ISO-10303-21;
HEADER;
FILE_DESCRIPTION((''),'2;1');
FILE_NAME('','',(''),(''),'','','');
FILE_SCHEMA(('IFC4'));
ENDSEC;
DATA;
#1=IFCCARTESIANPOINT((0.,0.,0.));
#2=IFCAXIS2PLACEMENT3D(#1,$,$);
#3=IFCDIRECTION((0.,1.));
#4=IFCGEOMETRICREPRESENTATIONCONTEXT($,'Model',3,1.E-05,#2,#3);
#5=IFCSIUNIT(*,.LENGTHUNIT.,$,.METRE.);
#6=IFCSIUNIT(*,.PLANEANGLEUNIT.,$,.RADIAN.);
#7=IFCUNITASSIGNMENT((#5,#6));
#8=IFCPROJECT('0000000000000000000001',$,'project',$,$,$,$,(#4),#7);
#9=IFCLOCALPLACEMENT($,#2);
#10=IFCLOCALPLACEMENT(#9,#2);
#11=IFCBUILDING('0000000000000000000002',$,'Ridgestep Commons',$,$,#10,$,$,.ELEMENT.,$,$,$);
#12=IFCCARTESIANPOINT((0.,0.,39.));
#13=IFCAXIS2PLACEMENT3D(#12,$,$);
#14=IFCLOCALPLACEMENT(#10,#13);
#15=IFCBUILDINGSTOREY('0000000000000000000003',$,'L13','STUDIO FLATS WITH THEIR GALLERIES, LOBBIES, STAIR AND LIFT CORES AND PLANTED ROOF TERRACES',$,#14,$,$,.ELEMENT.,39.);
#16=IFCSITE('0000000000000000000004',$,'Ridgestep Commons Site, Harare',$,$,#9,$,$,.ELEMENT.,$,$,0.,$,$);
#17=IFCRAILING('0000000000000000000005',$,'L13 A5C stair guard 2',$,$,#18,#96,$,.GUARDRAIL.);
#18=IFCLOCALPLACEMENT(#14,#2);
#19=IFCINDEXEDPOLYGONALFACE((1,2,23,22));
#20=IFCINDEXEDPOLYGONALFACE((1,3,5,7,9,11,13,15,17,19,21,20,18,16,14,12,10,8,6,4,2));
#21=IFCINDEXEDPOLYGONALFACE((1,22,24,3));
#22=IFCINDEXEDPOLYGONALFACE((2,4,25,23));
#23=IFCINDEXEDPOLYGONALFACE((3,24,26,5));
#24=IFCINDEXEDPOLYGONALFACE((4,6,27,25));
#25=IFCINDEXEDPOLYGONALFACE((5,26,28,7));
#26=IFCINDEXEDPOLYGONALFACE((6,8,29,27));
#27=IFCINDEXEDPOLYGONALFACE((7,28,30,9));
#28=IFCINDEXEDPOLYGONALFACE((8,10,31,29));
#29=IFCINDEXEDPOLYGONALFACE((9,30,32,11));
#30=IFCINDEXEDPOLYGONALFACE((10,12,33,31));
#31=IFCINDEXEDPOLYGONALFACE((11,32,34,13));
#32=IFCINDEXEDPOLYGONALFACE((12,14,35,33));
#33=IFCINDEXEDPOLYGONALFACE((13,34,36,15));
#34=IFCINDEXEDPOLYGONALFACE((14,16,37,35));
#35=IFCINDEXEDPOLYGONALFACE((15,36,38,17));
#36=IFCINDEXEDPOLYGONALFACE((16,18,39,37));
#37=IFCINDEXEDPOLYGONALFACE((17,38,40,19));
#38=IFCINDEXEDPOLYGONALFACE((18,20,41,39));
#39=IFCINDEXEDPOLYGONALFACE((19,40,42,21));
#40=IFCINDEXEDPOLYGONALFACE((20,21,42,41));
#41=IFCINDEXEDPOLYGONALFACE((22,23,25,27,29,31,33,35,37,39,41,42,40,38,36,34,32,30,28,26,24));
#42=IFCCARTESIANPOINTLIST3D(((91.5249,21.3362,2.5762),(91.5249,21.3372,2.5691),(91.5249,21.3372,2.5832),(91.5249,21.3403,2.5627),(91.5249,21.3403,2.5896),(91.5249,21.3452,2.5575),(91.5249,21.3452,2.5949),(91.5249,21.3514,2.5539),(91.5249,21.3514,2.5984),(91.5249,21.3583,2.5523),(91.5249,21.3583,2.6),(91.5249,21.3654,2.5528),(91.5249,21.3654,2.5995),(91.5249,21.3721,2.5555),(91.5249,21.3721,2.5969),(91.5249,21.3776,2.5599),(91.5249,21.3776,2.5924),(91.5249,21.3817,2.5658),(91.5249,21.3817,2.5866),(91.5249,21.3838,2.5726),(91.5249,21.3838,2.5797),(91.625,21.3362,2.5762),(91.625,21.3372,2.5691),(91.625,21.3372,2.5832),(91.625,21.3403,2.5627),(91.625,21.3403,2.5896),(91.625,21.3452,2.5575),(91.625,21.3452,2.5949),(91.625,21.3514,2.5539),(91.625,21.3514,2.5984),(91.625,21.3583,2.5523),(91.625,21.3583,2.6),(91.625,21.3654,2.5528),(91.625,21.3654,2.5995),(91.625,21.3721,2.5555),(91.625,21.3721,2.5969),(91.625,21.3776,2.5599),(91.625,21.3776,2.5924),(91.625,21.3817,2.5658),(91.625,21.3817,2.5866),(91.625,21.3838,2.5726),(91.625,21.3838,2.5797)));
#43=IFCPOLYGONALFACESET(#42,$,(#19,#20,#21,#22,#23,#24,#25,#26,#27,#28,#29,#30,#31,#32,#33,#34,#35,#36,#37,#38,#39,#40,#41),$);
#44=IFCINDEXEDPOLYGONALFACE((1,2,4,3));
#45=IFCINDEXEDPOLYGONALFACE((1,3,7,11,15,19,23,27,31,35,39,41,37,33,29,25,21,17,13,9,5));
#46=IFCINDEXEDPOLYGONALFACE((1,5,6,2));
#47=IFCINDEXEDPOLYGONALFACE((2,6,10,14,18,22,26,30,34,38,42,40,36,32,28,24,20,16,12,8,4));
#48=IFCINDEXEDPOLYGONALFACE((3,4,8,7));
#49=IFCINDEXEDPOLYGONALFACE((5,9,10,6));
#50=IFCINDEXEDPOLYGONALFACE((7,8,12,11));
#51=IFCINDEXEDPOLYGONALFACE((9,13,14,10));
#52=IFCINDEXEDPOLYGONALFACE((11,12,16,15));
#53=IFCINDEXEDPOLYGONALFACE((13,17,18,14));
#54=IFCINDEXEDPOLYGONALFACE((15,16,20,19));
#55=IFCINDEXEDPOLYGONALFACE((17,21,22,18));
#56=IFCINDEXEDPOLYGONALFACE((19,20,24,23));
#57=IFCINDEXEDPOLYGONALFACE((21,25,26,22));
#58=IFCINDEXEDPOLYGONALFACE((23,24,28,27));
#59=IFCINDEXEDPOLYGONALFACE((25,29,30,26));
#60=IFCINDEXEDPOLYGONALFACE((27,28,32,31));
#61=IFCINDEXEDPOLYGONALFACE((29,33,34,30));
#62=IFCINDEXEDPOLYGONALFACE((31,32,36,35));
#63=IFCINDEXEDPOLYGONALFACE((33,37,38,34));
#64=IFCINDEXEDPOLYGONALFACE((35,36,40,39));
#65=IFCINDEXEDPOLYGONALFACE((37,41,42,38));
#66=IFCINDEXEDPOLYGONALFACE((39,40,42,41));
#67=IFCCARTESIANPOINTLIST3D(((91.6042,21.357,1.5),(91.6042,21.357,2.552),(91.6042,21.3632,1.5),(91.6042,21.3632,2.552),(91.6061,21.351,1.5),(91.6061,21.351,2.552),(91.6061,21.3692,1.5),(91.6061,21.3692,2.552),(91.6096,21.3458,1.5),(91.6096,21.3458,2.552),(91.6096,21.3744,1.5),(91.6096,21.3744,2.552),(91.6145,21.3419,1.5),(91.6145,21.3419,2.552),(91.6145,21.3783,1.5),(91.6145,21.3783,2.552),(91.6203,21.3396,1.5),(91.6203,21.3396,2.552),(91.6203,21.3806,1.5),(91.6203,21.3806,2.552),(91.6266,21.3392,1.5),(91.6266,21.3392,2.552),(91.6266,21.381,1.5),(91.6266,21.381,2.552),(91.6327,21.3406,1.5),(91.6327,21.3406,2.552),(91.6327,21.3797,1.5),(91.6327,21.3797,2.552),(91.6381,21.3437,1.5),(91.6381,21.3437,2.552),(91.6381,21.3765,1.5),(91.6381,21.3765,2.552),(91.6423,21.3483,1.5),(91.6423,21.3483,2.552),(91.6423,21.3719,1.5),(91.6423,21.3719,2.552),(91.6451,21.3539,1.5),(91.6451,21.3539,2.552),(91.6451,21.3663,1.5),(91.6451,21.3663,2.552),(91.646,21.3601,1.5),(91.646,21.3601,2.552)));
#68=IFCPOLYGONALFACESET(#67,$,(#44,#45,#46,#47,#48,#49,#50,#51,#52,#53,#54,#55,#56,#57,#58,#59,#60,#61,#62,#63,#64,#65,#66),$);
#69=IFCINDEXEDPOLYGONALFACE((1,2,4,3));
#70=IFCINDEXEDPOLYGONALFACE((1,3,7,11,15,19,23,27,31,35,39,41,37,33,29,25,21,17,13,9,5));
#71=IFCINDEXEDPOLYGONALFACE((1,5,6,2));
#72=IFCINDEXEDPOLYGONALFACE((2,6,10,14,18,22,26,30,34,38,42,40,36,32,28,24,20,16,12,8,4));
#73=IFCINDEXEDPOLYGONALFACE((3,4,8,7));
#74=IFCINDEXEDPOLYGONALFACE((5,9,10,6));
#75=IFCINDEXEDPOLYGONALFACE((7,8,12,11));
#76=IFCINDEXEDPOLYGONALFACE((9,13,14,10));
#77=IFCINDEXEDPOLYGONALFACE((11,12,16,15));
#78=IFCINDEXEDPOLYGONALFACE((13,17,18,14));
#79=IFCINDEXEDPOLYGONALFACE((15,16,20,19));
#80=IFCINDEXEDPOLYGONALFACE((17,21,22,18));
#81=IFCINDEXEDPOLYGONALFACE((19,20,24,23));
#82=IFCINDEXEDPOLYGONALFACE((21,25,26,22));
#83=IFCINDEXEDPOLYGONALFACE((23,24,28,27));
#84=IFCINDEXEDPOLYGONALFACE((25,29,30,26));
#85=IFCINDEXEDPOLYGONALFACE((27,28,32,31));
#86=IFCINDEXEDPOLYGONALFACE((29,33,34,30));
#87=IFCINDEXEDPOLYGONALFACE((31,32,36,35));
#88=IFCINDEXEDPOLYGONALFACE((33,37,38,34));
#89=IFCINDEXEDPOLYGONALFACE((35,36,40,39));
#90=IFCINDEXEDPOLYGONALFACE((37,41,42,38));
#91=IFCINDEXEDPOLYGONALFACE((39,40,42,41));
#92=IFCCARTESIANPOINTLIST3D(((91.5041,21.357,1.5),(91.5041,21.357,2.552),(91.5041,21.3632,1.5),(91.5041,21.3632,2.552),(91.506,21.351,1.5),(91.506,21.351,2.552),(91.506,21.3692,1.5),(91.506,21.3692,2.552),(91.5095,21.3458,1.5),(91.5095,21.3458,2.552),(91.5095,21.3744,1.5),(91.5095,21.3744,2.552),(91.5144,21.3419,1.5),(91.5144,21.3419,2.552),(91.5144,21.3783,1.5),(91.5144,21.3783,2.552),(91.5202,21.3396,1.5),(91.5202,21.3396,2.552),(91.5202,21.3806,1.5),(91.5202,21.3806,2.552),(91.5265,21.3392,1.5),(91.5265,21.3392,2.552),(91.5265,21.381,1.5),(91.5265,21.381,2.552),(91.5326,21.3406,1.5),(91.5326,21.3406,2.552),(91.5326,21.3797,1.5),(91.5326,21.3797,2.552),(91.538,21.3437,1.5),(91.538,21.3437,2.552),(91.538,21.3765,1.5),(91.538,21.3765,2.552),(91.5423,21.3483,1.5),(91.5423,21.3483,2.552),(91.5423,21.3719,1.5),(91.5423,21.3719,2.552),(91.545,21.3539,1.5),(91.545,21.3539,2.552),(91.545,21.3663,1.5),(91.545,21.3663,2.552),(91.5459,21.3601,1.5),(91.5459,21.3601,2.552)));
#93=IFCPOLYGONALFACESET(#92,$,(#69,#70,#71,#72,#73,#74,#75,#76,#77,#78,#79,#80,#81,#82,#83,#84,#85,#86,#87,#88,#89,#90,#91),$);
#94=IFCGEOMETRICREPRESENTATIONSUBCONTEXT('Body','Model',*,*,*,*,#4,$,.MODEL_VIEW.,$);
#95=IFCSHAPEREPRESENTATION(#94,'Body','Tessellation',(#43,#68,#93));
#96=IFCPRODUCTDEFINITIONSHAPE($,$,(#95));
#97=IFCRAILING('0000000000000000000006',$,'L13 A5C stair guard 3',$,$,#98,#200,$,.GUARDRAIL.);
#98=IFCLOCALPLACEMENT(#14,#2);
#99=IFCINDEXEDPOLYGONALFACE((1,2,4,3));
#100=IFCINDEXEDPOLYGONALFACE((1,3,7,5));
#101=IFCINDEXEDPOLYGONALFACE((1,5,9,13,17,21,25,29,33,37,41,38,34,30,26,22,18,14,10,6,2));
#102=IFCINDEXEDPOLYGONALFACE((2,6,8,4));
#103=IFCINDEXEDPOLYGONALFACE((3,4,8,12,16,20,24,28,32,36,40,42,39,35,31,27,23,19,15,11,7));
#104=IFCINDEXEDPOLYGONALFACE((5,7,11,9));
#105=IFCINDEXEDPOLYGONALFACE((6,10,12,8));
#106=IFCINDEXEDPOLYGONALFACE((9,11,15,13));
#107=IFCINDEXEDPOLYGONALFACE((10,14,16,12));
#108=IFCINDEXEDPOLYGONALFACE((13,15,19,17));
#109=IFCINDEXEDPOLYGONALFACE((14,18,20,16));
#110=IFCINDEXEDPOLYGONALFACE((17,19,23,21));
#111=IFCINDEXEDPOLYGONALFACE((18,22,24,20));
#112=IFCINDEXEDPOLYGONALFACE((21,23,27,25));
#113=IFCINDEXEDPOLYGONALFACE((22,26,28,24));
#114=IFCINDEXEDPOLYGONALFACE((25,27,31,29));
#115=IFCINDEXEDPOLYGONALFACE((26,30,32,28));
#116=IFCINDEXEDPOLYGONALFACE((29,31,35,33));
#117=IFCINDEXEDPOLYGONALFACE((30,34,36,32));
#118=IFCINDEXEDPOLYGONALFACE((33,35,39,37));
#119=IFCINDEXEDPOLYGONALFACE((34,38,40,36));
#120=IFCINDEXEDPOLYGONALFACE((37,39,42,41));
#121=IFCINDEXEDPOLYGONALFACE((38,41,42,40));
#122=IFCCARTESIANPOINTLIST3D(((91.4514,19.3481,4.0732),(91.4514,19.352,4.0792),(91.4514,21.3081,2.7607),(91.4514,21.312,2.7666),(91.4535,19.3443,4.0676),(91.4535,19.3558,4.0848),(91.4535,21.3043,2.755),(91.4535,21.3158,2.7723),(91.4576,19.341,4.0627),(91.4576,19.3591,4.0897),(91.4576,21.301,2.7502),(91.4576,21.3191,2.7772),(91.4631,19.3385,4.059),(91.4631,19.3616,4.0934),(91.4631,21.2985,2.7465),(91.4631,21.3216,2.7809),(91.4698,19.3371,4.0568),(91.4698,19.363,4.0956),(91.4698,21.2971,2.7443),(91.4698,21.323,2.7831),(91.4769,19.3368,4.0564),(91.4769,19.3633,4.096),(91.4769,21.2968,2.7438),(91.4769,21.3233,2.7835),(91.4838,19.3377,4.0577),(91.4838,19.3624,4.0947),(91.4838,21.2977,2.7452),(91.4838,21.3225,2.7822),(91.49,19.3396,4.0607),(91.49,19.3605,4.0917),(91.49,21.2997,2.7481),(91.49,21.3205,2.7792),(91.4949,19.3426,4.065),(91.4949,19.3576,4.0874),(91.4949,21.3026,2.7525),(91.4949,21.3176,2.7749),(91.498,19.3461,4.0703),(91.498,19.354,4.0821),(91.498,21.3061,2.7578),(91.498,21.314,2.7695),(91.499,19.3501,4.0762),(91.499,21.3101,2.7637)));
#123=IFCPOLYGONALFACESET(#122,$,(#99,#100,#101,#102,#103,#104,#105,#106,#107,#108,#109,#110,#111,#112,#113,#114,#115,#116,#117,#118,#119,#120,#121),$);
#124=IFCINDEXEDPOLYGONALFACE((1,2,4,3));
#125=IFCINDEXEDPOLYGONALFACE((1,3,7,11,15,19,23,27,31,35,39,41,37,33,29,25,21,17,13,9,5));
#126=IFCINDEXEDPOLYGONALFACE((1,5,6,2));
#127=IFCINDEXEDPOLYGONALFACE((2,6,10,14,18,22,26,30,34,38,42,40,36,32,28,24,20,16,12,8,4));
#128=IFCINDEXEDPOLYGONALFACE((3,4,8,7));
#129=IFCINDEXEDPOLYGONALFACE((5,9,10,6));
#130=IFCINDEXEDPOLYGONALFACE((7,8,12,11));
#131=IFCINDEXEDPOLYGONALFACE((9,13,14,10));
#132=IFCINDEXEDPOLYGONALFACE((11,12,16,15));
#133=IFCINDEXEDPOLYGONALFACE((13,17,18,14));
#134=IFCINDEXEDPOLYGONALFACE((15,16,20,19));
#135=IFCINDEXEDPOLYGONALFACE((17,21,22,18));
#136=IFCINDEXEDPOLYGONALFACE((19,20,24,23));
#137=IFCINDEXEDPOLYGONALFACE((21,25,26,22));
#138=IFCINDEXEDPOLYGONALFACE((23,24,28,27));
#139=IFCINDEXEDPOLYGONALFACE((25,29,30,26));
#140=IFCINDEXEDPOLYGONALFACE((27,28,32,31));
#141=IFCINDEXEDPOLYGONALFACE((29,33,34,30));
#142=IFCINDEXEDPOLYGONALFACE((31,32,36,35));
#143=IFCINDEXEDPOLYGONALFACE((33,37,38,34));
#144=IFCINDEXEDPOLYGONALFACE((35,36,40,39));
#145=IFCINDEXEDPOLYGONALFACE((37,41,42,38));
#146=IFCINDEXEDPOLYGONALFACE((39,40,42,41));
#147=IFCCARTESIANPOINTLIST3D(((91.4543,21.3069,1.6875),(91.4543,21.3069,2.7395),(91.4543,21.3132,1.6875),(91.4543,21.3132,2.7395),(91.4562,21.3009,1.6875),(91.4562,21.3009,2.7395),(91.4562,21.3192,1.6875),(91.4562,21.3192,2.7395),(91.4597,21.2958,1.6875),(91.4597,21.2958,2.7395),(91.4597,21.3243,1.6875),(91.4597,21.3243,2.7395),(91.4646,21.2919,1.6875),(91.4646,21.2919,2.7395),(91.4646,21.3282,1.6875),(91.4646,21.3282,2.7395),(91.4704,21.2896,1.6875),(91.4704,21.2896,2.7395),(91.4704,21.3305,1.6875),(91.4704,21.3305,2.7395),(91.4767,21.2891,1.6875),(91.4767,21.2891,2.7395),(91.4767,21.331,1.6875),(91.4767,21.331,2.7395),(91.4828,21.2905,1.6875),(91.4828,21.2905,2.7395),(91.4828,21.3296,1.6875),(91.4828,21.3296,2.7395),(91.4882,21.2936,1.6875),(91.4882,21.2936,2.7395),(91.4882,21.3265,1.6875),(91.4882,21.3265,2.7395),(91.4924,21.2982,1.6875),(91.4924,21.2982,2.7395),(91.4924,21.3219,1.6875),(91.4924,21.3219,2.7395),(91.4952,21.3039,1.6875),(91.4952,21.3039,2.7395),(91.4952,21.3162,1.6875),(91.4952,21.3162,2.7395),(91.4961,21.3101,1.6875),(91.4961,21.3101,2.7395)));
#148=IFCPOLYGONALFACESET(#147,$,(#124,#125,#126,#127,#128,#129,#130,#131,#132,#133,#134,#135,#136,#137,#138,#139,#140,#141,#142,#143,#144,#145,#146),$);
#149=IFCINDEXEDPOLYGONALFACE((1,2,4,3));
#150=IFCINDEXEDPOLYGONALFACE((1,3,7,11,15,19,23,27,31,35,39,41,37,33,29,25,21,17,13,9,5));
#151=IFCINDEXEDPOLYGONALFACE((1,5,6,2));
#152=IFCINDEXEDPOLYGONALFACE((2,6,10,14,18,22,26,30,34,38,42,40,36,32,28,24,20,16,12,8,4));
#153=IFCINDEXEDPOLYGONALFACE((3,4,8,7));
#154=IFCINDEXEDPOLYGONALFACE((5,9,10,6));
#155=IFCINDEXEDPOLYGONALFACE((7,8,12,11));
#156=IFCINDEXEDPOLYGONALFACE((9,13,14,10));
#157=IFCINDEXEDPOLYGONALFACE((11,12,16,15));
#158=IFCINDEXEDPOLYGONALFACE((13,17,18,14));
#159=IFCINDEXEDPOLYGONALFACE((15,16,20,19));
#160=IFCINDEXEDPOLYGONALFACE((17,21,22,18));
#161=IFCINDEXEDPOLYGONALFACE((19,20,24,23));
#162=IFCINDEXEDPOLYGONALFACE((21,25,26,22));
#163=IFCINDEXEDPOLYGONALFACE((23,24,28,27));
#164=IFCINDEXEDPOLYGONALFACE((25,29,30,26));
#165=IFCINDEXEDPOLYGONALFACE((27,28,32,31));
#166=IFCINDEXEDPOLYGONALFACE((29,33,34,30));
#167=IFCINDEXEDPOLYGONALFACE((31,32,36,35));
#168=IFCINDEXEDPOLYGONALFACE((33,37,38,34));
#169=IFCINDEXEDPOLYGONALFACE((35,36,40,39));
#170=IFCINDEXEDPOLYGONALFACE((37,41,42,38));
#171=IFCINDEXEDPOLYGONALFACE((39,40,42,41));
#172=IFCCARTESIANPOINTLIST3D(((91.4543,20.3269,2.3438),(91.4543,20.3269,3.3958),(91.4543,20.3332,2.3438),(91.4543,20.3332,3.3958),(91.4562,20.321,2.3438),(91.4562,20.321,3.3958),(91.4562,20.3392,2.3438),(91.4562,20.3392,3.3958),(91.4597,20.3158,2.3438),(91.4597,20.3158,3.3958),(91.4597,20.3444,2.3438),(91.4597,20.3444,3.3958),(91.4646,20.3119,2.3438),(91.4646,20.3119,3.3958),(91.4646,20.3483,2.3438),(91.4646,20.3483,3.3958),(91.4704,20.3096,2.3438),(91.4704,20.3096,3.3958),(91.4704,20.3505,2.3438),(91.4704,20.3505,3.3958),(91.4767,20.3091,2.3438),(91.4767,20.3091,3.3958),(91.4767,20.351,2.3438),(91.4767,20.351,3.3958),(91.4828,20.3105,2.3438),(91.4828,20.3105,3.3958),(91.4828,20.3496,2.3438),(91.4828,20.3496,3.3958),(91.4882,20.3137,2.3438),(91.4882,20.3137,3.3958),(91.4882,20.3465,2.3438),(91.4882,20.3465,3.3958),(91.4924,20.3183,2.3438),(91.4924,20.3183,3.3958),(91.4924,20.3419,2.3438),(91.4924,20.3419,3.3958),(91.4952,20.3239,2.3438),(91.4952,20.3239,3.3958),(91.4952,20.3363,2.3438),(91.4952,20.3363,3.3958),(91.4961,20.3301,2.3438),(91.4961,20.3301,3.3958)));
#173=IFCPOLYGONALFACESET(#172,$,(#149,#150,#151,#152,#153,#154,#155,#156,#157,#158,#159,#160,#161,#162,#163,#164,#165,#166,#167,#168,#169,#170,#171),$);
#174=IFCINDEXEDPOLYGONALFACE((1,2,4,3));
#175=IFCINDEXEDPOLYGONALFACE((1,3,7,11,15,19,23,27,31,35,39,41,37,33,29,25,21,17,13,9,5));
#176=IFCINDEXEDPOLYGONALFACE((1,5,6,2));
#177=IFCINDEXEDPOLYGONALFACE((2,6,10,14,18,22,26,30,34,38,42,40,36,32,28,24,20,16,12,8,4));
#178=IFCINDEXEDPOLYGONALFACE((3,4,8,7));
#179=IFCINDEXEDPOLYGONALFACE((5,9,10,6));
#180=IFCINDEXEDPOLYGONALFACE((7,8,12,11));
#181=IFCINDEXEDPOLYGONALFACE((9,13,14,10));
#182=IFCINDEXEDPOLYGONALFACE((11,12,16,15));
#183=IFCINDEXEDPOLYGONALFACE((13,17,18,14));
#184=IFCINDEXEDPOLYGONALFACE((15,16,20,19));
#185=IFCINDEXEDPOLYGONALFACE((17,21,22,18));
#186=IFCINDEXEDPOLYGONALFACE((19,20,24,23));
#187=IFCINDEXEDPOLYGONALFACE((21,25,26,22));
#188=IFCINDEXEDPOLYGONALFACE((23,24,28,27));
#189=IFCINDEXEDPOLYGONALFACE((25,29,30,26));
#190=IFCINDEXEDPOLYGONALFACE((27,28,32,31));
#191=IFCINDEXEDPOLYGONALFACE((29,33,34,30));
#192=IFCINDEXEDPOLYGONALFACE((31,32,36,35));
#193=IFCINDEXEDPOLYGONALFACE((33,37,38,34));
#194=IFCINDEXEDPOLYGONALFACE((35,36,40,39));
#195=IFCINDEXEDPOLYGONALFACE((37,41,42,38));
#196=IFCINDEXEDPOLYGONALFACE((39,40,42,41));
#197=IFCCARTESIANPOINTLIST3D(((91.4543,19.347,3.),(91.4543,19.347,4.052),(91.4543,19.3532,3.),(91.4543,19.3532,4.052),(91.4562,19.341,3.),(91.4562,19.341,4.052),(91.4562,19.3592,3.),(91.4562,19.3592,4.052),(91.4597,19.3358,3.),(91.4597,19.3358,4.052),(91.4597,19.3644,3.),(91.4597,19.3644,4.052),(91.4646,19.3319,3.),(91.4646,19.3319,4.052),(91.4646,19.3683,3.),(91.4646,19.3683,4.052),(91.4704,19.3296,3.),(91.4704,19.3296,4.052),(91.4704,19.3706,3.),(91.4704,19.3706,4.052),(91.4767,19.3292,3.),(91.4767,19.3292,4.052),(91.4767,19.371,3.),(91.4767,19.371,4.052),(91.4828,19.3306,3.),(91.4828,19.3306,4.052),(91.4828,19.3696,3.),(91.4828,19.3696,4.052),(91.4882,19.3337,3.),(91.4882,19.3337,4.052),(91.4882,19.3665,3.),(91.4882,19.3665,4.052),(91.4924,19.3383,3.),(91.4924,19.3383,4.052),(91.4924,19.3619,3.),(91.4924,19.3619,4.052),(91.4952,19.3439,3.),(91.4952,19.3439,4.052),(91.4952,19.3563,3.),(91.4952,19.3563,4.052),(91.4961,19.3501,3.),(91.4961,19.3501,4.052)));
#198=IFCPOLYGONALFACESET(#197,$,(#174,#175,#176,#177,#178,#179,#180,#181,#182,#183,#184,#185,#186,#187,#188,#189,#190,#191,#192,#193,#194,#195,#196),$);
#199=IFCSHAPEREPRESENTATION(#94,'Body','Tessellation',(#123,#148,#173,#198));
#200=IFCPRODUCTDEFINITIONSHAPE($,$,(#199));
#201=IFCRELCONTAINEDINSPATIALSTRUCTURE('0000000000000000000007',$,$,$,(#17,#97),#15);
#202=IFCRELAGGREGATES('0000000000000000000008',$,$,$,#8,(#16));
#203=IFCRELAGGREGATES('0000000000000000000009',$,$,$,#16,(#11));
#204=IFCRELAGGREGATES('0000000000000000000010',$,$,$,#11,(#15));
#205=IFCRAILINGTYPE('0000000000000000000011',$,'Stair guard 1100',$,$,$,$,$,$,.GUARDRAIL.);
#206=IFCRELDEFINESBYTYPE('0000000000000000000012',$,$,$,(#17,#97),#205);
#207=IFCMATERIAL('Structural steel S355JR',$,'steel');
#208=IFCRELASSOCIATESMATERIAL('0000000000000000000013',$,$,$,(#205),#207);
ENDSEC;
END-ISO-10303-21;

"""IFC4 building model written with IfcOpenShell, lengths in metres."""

from ifc_helpers import new_model, si_unit, direction, frame, origin, origin_2d, place, context, subcontext, project, spatial, circle, extrude, material, type_object, element, save


model = new_model("IFC4")

# Units and contexts
model_context = context("Model", 3, precision=1e-05, world=origin(), true_north=direction((0.0, 1.0)))
body_context = subcontext(model_context, "Body", "Model", "MODEL_VIEW")
ifc_project = project(units=[si_unit("LENGTHUNIT", "METRE"), si_unit("PLANEANGLEUNIT", "RADIAN")], contexts=[model_context])

# Site, building, storey
site_placement = place(None, origin())
site = spatial("IfcSite", under=ifc_project, at=site_placement, Name="Ridgestep Commons Site, Harare", CompositionType="ELEMENT", RefElevation=0.0)
building_placement = place(site_placement, origin())
building = spatial("IfcBuilding", under=site, at=building_placement, Name="Ridgestep Commons", CompositionType="ELEMENT")
storey_placement = place(building_placement, frame((0.0, 0.0, 39.0)))
storey = spatial("IfcBuildingStorey", under=building, at=storey_placement, Name="L13", Description="STUDIO FLATS WITH THEIR GALLERIES, LOBBIES, STAIR AND LIFT CORES AND PLANTED ROOF TERRACES", CompositionType="ELEMENT", Elevation=39.0)

# Railings
ifc_material_1 = material(Name="Structural steel S355JR", Category="steel")
railing_type_1 = type_object("IfcRailingType", Name="Stair guard 1100", PredefinedType="GUARDRAIL", material=ifc_material_1)
railing_1_placement = place(storey_placement, frame((91.625, 21.3601, 1.5)))
element("IfcRailing", 1, at=railing_1_placement, inside=storey, type_object=railing_type_1, Name="L13 A5C stair guard 2", PredefinedType="GUARDRAIL", context=body_context, shape_type="SweptSolid", body=[
    extrude(circle(Radius=0.0239, at=origin_2d()), frame((0.0, 0.0, 1.0762), z_axis=(-1.0, 0.0, 0.0), x_axis=(0.0, -1.0, 0.0)), (0.0, 0.0, 1.0), 0.1001),
    extrude(circle(Radius=0.021, at=origin_2d()), origin(), (0.0, 0.0, 1.0), 1.052),
    extrude(circle(Radius=0.021, at=origin_2d()), frame((-0.1001, 0.0, 0.0)), (0.0, 0.0, 1.0), 1.052),
])
railing_2_placement = place(storey_placement, frame((91.4751, 21.3101, 1.6875)))
element("IfcRailing", 2, at=railing_2_placement, inside=storey, type_object=railing_type_1, Name="L13 A5C stair guard 3", PredefinedType="GUARDRAIL", context=body_context, shape_type="SweptSolid", body=[
    extrude(circle(Radius=0.0239, at=origin_2d()), frame((0.0, 0.0, 1.0762), z_axis=(0.0, -0.830902, 0.556419), x_axis=(1.0, 0.0, 0.0)), (0.0, 0.0, 1.0), 2.3589),
    extrude(circle(Radius=0.021, at=origin_2d()), origin(), (0.0, 0.0, 1.0), 1.052),
    extrude(circle(Radius=0.021, at=origin_2d()), frame((0.0, -0.98, 0.6562)), (0.0, 0.0, 1.0), 1.052),
    extrude(circle(Radius=0.021, at=origin_2d()), frame((0.0, -1.96, 1.3125)), (0.0, 0.0, 1.0), 1.052),
])

save(model, "model.ifc")
